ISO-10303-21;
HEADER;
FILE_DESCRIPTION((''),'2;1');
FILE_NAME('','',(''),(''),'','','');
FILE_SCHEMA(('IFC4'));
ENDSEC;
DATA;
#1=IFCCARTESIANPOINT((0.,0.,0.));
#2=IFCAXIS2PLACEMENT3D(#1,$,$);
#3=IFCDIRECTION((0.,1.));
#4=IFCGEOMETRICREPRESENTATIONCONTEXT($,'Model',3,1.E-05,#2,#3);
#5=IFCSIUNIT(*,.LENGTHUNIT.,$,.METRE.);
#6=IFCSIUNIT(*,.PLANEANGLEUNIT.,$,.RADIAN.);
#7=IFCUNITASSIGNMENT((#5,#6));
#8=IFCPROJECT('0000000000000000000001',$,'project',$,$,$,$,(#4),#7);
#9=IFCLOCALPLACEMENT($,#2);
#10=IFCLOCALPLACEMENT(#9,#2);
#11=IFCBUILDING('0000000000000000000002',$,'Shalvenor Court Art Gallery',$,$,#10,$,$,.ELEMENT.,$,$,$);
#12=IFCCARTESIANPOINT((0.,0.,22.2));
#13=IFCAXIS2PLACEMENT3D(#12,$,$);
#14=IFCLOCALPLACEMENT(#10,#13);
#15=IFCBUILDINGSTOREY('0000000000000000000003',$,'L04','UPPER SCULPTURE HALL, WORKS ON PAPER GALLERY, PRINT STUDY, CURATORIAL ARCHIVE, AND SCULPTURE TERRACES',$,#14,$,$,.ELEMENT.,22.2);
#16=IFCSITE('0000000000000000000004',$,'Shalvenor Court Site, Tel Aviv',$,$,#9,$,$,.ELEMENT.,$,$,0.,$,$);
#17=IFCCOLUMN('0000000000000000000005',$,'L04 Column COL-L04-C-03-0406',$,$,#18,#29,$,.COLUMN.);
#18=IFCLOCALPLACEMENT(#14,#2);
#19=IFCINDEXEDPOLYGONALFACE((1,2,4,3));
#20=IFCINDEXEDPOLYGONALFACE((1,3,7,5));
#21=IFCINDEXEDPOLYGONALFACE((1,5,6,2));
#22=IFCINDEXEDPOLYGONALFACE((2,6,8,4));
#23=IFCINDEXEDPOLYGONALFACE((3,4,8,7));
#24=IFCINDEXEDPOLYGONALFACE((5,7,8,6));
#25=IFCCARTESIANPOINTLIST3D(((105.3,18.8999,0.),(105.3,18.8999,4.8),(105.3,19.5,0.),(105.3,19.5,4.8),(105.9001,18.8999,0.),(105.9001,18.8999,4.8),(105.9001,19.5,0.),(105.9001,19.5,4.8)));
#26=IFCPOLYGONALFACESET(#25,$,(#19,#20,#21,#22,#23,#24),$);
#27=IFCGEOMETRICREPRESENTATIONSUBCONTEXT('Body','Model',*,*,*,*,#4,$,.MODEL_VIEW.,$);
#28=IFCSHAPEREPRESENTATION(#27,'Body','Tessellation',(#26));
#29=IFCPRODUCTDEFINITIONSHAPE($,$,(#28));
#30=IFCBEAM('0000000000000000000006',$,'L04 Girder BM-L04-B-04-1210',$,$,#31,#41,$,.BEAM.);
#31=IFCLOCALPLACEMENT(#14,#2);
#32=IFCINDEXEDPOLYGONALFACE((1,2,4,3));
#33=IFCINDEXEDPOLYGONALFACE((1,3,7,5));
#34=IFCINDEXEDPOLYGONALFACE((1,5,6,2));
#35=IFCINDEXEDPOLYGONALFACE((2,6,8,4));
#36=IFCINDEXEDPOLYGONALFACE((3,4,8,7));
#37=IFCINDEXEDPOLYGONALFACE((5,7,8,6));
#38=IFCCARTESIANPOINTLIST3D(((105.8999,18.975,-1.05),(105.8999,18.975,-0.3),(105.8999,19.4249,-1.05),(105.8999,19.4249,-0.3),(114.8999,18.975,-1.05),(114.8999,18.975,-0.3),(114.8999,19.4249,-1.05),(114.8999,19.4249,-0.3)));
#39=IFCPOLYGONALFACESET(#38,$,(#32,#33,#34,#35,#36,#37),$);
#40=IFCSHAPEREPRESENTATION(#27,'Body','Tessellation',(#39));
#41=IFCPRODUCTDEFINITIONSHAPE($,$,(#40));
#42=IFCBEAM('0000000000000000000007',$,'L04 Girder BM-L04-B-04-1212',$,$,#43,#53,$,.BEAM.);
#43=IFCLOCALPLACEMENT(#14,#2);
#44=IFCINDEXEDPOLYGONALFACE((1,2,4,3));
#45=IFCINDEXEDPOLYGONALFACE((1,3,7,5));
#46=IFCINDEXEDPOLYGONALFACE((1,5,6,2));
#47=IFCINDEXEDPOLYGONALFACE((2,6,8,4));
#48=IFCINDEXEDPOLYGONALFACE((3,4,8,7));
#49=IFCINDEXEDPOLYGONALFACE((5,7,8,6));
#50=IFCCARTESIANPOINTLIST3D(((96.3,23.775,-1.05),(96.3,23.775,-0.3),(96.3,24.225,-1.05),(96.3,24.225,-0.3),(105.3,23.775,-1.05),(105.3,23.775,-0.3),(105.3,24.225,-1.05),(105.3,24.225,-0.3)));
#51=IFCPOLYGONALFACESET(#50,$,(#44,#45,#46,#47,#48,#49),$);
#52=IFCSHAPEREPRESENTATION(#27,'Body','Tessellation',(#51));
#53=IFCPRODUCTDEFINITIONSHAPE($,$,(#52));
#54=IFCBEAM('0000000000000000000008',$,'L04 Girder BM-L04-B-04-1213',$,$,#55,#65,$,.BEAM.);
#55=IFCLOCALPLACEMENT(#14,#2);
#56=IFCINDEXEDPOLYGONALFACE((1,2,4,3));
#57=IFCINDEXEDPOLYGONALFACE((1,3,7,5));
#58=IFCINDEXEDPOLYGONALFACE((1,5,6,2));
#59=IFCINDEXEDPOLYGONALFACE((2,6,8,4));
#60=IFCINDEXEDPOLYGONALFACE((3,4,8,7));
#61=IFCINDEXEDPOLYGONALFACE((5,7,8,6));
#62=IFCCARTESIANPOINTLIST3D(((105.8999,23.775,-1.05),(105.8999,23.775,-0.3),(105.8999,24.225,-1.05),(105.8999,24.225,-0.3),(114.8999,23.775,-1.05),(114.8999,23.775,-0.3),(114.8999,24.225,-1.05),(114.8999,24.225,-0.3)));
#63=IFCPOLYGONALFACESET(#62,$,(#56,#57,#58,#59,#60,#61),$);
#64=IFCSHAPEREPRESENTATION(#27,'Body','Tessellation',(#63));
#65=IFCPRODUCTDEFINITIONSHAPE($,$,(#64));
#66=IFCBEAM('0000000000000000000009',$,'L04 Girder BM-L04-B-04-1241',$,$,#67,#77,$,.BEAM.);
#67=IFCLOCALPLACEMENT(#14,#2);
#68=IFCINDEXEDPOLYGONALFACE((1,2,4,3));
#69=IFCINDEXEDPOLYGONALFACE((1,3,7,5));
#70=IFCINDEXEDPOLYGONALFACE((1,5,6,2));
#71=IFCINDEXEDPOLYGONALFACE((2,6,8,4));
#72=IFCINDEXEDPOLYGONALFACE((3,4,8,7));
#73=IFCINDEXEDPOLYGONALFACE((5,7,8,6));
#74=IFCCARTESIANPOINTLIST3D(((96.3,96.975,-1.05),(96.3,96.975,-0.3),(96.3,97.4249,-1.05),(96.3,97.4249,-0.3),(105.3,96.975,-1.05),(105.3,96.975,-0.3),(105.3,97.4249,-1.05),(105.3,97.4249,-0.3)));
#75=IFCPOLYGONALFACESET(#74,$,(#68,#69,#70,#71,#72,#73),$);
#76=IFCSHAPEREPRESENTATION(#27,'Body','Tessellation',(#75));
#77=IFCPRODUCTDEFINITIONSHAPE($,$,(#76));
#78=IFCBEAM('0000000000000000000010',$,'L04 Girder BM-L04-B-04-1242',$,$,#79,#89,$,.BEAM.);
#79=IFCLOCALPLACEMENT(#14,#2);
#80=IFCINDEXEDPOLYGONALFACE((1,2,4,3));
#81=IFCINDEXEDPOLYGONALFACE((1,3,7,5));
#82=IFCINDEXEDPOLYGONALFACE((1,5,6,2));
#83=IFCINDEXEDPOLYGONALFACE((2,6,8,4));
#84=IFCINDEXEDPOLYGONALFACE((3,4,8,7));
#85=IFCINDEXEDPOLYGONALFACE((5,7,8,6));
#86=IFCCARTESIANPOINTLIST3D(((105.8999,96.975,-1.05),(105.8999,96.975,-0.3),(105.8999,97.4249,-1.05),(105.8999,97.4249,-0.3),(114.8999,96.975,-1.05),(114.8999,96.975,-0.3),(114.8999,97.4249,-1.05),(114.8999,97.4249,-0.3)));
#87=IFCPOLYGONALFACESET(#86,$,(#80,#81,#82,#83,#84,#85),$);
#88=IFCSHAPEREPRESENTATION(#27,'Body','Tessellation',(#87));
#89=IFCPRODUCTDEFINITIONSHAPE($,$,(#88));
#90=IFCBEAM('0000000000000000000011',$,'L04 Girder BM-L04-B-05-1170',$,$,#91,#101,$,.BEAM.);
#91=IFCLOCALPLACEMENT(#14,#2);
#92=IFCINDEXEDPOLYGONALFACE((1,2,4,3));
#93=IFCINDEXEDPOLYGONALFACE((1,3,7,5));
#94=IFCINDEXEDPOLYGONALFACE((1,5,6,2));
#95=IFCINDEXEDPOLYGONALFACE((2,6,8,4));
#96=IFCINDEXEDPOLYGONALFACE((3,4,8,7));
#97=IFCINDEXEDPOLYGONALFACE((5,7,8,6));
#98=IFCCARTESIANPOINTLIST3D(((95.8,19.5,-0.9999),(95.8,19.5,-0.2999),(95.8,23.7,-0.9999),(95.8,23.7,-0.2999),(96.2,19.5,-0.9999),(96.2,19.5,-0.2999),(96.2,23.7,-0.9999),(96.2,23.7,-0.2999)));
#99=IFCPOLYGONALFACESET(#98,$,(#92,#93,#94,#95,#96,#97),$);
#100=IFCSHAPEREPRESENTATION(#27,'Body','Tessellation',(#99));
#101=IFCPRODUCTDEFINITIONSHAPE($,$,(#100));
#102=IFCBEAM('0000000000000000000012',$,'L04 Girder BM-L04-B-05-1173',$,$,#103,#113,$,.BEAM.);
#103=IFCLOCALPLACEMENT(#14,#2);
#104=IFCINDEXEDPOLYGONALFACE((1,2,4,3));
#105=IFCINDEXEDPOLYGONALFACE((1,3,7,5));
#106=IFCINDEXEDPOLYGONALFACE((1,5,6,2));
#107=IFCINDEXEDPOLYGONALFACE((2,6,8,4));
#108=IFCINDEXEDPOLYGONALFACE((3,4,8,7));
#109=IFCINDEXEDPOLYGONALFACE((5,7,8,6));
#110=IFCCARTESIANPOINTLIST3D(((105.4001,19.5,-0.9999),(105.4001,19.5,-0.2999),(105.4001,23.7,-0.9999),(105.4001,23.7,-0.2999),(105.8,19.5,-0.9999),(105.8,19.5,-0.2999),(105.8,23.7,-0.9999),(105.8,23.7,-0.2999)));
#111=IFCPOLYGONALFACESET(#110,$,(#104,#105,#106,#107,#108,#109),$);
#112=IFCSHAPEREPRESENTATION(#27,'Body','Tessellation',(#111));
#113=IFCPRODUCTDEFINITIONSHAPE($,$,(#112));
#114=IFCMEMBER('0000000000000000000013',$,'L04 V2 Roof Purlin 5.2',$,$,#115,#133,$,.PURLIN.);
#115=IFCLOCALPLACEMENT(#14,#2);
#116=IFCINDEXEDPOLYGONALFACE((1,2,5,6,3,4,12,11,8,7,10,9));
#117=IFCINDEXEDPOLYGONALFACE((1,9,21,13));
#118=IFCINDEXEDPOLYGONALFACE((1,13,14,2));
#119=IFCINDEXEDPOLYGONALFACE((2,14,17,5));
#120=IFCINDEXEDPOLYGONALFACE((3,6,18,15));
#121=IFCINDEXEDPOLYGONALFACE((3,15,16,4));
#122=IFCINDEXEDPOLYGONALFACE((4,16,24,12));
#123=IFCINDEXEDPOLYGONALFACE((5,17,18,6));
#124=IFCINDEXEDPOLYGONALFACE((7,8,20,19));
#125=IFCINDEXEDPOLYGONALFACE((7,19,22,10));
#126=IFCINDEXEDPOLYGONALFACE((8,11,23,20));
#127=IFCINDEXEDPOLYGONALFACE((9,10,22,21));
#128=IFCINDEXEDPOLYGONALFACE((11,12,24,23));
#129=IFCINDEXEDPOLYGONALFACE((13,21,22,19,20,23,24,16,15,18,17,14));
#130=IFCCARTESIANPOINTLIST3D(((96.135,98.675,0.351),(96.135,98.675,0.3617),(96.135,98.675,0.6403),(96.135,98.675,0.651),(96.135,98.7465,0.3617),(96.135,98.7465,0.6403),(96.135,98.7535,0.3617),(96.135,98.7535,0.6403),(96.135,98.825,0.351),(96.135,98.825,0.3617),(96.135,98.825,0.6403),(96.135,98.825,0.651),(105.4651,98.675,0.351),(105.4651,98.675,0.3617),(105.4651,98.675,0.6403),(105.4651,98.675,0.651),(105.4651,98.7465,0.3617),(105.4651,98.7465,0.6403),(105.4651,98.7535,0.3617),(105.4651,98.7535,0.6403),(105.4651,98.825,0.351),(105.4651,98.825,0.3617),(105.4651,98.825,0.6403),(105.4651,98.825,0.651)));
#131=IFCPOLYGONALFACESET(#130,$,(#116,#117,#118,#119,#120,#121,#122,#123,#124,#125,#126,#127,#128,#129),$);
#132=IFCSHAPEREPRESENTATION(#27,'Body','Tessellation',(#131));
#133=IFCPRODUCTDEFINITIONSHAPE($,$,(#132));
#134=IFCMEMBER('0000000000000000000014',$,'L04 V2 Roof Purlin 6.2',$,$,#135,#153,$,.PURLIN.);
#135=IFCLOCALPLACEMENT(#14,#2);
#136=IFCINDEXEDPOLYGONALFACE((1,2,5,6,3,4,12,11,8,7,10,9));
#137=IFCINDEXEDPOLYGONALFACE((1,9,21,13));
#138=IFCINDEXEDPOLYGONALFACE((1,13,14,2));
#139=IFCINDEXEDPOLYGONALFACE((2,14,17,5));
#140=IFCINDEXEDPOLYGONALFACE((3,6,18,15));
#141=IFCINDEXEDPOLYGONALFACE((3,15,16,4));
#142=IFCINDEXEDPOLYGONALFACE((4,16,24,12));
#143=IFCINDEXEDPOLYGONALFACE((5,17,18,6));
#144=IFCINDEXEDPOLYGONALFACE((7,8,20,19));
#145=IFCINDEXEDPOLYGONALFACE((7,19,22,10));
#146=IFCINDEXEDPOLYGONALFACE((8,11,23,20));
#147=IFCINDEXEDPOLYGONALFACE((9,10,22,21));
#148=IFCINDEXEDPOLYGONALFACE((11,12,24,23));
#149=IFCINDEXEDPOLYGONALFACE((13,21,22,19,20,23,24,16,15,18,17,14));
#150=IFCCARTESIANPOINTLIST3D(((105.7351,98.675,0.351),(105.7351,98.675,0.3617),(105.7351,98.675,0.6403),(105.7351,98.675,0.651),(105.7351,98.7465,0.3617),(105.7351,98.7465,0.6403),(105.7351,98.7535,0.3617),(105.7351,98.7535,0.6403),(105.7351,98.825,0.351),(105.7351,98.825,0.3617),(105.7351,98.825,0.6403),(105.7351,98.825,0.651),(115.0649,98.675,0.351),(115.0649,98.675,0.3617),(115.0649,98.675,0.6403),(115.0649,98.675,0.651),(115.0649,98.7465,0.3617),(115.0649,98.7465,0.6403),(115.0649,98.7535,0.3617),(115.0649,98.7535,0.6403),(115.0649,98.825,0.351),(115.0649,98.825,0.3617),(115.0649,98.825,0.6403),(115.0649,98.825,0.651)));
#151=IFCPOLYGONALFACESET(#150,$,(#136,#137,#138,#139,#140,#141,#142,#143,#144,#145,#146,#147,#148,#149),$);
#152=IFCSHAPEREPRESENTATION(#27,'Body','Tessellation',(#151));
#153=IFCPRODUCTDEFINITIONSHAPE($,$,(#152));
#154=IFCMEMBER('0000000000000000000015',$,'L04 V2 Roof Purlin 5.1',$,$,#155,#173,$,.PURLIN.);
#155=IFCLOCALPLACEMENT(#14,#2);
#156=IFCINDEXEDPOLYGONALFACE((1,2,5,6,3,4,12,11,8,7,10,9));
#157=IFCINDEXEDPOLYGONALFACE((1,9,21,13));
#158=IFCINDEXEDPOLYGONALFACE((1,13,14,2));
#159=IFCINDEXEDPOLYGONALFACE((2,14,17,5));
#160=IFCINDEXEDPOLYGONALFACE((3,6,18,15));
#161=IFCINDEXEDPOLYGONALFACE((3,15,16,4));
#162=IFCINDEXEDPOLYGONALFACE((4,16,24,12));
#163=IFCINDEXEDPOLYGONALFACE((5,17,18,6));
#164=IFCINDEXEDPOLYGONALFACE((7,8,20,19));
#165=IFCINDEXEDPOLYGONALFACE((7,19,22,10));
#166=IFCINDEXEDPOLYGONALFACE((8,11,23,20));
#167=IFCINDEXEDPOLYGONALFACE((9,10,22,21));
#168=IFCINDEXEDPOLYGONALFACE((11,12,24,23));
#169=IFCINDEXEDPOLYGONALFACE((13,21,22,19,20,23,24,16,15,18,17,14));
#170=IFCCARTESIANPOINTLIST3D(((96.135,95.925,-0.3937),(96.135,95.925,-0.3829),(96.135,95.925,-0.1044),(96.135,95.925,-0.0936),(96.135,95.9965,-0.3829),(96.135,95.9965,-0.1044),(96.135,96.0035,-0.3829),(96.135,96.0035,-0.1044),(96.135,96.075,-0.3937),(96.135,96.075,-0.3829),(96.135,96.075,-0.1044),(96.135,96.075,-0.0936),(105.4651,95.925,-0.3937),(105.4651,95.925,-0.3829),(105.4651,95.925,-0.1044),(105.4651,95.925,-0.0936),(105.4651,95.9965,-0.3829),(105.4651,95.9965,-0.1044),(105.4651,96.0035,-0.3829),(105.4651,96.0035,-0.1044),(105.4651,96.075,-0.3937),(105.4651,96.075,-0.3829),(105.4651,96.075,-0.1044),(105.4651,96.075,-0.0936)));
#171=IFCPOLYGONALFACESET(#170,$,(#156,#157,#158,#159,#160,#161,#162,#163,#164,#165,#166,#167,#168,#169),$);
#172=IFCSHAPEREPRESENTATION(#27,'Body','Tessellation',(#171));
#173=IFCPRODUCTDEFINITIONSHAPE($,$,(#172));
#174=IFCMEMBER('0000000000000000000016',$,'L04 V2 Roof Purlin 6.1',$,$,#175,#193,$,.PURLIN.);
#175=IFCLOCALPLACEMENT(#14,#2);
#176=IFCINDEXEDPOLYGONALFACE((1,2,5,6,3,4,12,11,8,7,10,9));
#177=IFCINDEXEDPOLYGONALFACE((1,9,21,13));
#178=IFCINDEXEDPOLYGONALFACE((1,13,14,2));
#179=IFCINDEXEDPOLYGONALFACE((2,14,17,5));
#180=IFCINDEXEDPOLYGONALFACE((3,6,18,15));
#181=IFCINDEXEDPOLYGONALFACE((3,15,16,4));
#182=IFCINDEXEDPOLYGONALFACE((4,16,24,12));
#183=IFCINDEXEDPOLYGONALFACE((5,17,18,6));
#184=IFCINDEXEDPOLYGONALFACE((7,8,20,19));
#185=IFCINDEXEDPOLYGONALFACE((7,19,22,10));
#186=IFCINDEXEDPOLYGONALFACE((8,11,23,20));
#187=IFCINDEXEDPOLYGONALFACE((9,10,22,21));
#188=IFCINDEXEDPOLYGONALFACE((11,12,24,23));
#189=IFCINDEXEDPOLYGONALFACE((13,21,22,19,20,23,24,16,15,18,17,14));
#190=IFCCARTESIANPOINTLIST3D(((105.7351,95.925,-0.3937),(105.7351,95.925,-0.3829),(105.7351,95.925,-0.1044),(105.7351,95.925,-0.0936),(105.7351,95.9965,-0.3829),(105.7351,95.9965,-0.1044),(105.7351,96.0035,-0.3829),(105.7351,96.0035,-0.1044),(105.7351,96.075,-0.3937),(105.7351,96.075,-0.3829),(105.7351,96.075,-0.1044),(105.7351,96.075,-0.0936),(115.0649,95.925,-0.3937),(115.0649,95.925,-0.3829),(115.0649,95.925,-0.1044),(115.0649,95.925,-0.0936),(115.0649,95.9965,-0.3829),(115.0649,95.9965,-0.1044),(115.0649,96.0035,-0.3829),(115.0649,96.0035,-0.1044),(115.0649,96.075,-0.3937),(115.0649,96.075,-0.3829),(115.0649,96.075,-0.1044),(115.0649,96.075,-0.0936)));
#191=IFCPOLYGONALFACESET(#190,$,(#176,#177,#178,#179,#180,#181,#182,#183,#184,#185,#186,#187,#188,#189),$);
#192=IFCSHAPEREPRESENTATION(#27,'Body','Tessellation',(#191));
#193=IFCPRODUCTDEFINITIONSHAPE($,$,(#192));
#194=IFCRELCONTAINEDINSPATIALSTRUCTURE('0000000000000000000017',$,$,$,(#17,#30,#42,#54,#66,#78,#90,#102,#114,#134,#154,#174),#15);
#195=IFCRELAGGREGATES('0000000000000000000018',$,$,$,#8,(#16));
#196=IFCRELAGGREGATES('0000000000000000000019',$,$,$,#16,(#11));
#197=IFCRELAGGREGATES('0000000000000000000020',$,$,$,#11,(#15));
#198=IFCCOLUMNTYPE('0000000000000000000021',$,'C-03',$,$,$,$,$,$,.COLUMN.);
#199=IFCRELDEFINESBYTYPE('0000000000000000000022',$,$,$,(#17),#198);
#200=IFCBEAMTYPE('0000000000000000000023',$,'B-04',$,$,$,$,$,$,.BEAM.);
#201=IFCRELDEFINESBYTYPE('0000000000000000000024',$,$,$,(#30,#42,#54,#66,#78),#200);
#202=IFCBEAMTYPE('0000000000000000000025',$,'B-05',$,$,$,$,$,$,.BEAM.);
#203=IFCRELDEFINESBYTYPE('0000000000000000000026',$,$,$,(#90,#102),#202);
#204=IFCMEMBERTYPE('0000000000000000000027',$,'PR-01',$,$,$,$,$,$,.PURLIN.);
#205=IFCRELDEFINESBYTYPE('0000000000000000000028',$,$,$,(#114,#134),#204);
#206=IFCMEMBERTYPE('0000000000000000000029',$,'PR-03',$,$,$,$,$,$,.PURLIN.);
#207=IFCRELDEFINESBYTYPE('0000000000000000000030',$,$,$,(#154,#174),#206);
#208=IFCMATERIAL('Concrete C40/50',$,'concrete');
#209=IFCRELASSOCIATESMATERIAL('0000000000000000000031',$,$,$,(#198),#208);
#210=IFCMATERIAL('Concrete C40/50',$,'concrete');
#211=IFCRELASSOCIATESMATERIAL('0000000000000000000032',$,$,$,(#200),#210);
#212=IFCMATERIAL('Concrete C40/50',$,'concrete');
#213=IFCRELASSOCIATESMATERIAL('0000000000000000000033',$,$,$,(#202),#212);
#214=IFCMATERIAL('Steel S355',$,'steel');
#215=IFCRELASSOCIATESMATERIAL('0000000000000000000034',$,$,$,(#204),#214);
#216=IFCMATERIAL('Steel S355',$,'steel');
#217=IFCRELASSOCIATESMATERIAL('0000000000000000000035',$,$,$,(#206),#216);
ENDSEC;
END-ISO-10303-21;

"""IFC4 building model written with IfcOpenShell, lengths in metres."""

from ifc_helpers import new_model, si_unit, direction, frame, origin, origin_2d, place, context, subcontext, project, spatial, rectangle, i_section, extrude, material, material_profile, profile_set, type_object, element, save


model = new_model("IFC4")

# Units and contexts
model_context = context("Model", 3, precision=1e-05, world=origin(), true_north=direction((0.0, 1.0)))
body_context = subcontext(model_context, "Body", "Model", "MODEL_VIEW")
ifc_project = project(units=[si_unit("LENGTHUNIT", "METRE"), si_unit("PLANEANGLEUNIT", "RADIAN")], contexts=[model_context])

# Site, building, storey
site_placement = place(None, origin())
site = spatial("IfcSite", under=ifc_project, at=site_placement, Name="Shalvenor Court Site, Tel Aviv", CompositionType="ELEMENT", RefElevation=0.0)
building_placement = place(site_placement, origin())
building = spatial("IfcBuilding", under=site, at=building_placement, Name="Shalvenor Court Art Gallery", CompositionType="ELEMENT")
storey_placement = place(building_placement, frame((0.0, 0.0, 22.2)))
storey = spatial("IfcBuildingStorey", under=building, at=storey_placement, Name="L04", Description="UPPER SCULPTURE HALL, WORKS ON PAPER GALLERY, PRINT STUDY, CURATORIAL ARCHIVE, AND SCULPTURE TERRACES", CompositionType="ELEMENT", Elevation=22.2)

# Column
ifc_material_1 = material(Name="Concrete C40/50", Category="concrete")
ifc_material_profile_1 = material_profile(ifc_material_1, rectangle(XDim=0.6001, YDim=0.6001, at=origin_2d()), Name="RC 600x600")
ifc_profile_set_1 = profile_set([ifc_material_profile_1], Name="Concrete C40/50")
column_type = type_object("IfcColumnType", Name="C-03", PredefinedType="COLUMN", material=ifc_profile_set_1)
column_placement = place(storey_placement, frame((105.6001, 19.2, 0.0), z_axis=(0.0, 0.0, 1.0), x_axis=(1.0, 0.0, 0.0)))
element("IfcColumn", 1, at=column_placement, inside=storey, type_object=column_type, Name="L04 Column COL-L04-C-03-0406", PredefinedType="COLUMN", context=body_context, shape_type="SweptSolid", body=[
    extrude(rectangle(XDim=0.6001, YDim=0.6001, at=origin_2d()), origin(), (0.0, 0.0, 1.0), 4.8),
])

# Beams
ifc_material_2 = material(Name="Concrete C40/50", Category="concrete")
ifc_material_profile_2 = material_profile(ifc_material_2, rectangle(XDim=0.45, YDim=0.75, at=origin_2d()), Name="RC 450x750")
ifc_profile_set_2 = profile_set([ifc_material_profile_2], Name="Concrete C40/50")
beam_type_1 = type_object("IfcBeamType", Name="B-04", PredefinedType="BEAM", material=ifc_profile_set_2)
for number, where, z_axis, x_axis, name in (
    (2, (105.8999, 19.2, -0.675), (1.0, 0.0, 0.0), (0.0, 1.0, 0.0), "L04 Girder BM-L04-B-04-1210"),
    (3, (96.3, 24.0, -0.675), (1.0, 0.0, 0.0), (0.0, 1.0, 0.0), "L04 Girder BM-L04-B-04-1212"),
    (4, (105.8999, 24.0, -0.675), (1.0, 0.0, 0.0), (0.0, 1.0, 0.0), "L04 Girder BM-L04-B-04-1213"),
    (5, (96.3, 97.2, -0.675), (1.0, 0.0, 0.0), (0.0, 1.0, 0.0), "L04 Girder BM-L04-B-04-1241"),
    (6, (105.8999, 97.2, -0.675), (1.0, 0.0, 0.0), (0.0, 1.0, 0.0), "L04 Girder BM-L04-B-04-1242"),
):
    element("IfcBeam", number, at=place(storey_placement, frame(where, z_axis=z_axis, x_axis=x_axis)), inside=storey, type_object=beam_type_1, Name=name, PredefinedType="BEAM", context=body_context, shape_type="SweptSolid", body=[
        extrude(rectangle(XDim=0.45, YDim=0.75, at=origin_2d()), origin(), (0.0, 0.0, 1.0), 9.0),
    ])
ifc_material_3 = material(Name="Concrete C40/50", Category="concrete")
ifc_material_profile_3 = material_profile(ifc_material_3, rectangle(XDim=0.3999, YDim=0.7, at=origin_2d()), Name="RC 400x700")
ifc_profile_set_3 = profile_set([ifc_material_profile_3], Name="Concrete C40/50")
beam_type_2 = type_object("IfcBeamType", Name="B-05", PredefinedType="BEAM", material=ifc_profile_set_3)
for number, where, z_axis, x_axis, name in (
    (7, (96.0, 19.5, -0.6499), (0.0, 1.0, 0.0), (-1.0, 0.0, 0.0), "L04 Girder BM-L04-B-05-1170"),
    (8, (105.6001, 19.5, -0.6499), (0.0, 1.0, 0.0), (-1.0, 0.0, 0.0), "L04 Girder BM-L04-B-05-1173"),
):
    element("IfcBeam", number, at=place(storey_placement, frame(where, z_axis=z_axis, x_axis=x_axis)), inside=storey, type_object=beam_type_2, Name=name, PredefinedType="BEAM", context=body_context, shape_type="SweptSolid", body=[
        extrude(rectangle(XDim=0.3999, YDim=0.7, at=origin_2d()), origin(), (0.0, 0.0, 1.0), 4.2),
    ])

# Members
ifc_material_4 = material(Name="Steel S355", Category="steel")
ifc_material_profile_4 = material_profile(ifc_material_4, i_section(OverallWidth=0.1499, OverallDepth=0.3, WebThickness=0.0071, FlangeThickness=0.0107, at=origin_2d()), Name="IPE 300")
ifc_profile_set_4 = profile_set([ifc_material_profile_4], Name="Steel S355")
member_type_1 = type_object("IfcMemberType", Name="PR-01", PredefinedType="PURLIN", material=ifc_profile_set_4)
member_1_placement = place(storey_placement, frame((96.135, 98.75, 0.501), z_axis=(1.0, 0.0, 0.0), x_axis=(0.0, 1.0, 0.0)))
element("IfcMember", 9, at=member_1_placement, inside=storey, type_object=member_type_1, Name="L04 V2 Roof Purlin 5.2", PredefinedType="PURLIN", context=body_context, shape_type="SweptSolid", body=[
    extrude(i_section(OverallWidth=0.1499, OverallDepth=0.3, WebThickness=0.0071, FlangeThickness=0.0107, at=origin_2d()), origin(), (0.0, 0.0, 1.0), 9.3301),
])
member_2_placement = place(storey_placement, frame((105.7351, 98.75, 0.501), z_axis=(1.0, 0.0, 0.0), x_axis=(0.0, 1.0, 0.0)))
element("IfcMember", 10, at=member_2_placement, inside=storey, type_object=member_type_1, Name="L04 V2 Roof Purlin 6.2", PredefinedType="PURLIN", context=body_context, shape_type="SweptSolid", body=[
    extrude(i_section(OverallWidth=0.1499, OverallDepth=0.3, WebThickness=0.0071, FlangeThickness=0.0107, at=origin_2d()), origin(), (0.0, 0.0, 1.0), 9.3298),
])
ifc_material_5 = material(Name="Steel S355", Category="steel")
ifc_material_profile_5 = material_profile(ifc_material_5, i_section(OverallWidth=0.1499, OverallDepth=0.3, WebThickness=0.0071, FlangeThickness=0.0107, at=origin_2d()), Name="IPE 300")
ifc_profile_set_5 = profile_set([ifc_material_profile_5], Name="Steel S355")
member_type_2 = type_object("IfcMemberType", Name="PR-03", PredefinedType="PURLIN", material=ifc_profile_set_5)
member_3_placement = place(storey_placement, frame((96.135, 96.0, -0.2437), z_axis=(1.0, 0.0, 0.0), x_axis=(0.0, 1.0, 0.0)))
element("IfcMember", 11, at=member_3_placement, inside=storey, type_object=member_type_2, Name="L04 V2 Roof Purlin 5.1", PredefinedType="PURLIN", context=body_context, shape_type="SweptSolid", body=[
    extrude(i_section(OverallWidth=0.1499, OverallDepth=0.3, WebThickness=0.0071, FlangeThickness=0.0107, at=origin_2d()), origin(), (0.0, 0.0, 1.0), 9.3301),
])
member_4_placement = place(storey_placement, frame((105.7351, 96.0, -0.2437), z_axis=(1.0, 0.0, 0.0), x_axis=(0.0, 1.0, 0.0)))
element("IfcMember", 12, at=member_4_placement, inside=storey, type_object=member_type_2, Name="L04 V2 Roof Purlin 6.1", PredefinedType="PURLIN", context=body_context, shape_type="SweptSolid", body=[
    extrude(i_section(OverallWidth=0.1499, OverallDepth=0.3, WebThickness=0.0071, FlangeThickness=0.0107, at=origin_2d()), origin(), (0.0, 0.0, 1.0), 9.3298),
])

save(model, "model.ifc")
